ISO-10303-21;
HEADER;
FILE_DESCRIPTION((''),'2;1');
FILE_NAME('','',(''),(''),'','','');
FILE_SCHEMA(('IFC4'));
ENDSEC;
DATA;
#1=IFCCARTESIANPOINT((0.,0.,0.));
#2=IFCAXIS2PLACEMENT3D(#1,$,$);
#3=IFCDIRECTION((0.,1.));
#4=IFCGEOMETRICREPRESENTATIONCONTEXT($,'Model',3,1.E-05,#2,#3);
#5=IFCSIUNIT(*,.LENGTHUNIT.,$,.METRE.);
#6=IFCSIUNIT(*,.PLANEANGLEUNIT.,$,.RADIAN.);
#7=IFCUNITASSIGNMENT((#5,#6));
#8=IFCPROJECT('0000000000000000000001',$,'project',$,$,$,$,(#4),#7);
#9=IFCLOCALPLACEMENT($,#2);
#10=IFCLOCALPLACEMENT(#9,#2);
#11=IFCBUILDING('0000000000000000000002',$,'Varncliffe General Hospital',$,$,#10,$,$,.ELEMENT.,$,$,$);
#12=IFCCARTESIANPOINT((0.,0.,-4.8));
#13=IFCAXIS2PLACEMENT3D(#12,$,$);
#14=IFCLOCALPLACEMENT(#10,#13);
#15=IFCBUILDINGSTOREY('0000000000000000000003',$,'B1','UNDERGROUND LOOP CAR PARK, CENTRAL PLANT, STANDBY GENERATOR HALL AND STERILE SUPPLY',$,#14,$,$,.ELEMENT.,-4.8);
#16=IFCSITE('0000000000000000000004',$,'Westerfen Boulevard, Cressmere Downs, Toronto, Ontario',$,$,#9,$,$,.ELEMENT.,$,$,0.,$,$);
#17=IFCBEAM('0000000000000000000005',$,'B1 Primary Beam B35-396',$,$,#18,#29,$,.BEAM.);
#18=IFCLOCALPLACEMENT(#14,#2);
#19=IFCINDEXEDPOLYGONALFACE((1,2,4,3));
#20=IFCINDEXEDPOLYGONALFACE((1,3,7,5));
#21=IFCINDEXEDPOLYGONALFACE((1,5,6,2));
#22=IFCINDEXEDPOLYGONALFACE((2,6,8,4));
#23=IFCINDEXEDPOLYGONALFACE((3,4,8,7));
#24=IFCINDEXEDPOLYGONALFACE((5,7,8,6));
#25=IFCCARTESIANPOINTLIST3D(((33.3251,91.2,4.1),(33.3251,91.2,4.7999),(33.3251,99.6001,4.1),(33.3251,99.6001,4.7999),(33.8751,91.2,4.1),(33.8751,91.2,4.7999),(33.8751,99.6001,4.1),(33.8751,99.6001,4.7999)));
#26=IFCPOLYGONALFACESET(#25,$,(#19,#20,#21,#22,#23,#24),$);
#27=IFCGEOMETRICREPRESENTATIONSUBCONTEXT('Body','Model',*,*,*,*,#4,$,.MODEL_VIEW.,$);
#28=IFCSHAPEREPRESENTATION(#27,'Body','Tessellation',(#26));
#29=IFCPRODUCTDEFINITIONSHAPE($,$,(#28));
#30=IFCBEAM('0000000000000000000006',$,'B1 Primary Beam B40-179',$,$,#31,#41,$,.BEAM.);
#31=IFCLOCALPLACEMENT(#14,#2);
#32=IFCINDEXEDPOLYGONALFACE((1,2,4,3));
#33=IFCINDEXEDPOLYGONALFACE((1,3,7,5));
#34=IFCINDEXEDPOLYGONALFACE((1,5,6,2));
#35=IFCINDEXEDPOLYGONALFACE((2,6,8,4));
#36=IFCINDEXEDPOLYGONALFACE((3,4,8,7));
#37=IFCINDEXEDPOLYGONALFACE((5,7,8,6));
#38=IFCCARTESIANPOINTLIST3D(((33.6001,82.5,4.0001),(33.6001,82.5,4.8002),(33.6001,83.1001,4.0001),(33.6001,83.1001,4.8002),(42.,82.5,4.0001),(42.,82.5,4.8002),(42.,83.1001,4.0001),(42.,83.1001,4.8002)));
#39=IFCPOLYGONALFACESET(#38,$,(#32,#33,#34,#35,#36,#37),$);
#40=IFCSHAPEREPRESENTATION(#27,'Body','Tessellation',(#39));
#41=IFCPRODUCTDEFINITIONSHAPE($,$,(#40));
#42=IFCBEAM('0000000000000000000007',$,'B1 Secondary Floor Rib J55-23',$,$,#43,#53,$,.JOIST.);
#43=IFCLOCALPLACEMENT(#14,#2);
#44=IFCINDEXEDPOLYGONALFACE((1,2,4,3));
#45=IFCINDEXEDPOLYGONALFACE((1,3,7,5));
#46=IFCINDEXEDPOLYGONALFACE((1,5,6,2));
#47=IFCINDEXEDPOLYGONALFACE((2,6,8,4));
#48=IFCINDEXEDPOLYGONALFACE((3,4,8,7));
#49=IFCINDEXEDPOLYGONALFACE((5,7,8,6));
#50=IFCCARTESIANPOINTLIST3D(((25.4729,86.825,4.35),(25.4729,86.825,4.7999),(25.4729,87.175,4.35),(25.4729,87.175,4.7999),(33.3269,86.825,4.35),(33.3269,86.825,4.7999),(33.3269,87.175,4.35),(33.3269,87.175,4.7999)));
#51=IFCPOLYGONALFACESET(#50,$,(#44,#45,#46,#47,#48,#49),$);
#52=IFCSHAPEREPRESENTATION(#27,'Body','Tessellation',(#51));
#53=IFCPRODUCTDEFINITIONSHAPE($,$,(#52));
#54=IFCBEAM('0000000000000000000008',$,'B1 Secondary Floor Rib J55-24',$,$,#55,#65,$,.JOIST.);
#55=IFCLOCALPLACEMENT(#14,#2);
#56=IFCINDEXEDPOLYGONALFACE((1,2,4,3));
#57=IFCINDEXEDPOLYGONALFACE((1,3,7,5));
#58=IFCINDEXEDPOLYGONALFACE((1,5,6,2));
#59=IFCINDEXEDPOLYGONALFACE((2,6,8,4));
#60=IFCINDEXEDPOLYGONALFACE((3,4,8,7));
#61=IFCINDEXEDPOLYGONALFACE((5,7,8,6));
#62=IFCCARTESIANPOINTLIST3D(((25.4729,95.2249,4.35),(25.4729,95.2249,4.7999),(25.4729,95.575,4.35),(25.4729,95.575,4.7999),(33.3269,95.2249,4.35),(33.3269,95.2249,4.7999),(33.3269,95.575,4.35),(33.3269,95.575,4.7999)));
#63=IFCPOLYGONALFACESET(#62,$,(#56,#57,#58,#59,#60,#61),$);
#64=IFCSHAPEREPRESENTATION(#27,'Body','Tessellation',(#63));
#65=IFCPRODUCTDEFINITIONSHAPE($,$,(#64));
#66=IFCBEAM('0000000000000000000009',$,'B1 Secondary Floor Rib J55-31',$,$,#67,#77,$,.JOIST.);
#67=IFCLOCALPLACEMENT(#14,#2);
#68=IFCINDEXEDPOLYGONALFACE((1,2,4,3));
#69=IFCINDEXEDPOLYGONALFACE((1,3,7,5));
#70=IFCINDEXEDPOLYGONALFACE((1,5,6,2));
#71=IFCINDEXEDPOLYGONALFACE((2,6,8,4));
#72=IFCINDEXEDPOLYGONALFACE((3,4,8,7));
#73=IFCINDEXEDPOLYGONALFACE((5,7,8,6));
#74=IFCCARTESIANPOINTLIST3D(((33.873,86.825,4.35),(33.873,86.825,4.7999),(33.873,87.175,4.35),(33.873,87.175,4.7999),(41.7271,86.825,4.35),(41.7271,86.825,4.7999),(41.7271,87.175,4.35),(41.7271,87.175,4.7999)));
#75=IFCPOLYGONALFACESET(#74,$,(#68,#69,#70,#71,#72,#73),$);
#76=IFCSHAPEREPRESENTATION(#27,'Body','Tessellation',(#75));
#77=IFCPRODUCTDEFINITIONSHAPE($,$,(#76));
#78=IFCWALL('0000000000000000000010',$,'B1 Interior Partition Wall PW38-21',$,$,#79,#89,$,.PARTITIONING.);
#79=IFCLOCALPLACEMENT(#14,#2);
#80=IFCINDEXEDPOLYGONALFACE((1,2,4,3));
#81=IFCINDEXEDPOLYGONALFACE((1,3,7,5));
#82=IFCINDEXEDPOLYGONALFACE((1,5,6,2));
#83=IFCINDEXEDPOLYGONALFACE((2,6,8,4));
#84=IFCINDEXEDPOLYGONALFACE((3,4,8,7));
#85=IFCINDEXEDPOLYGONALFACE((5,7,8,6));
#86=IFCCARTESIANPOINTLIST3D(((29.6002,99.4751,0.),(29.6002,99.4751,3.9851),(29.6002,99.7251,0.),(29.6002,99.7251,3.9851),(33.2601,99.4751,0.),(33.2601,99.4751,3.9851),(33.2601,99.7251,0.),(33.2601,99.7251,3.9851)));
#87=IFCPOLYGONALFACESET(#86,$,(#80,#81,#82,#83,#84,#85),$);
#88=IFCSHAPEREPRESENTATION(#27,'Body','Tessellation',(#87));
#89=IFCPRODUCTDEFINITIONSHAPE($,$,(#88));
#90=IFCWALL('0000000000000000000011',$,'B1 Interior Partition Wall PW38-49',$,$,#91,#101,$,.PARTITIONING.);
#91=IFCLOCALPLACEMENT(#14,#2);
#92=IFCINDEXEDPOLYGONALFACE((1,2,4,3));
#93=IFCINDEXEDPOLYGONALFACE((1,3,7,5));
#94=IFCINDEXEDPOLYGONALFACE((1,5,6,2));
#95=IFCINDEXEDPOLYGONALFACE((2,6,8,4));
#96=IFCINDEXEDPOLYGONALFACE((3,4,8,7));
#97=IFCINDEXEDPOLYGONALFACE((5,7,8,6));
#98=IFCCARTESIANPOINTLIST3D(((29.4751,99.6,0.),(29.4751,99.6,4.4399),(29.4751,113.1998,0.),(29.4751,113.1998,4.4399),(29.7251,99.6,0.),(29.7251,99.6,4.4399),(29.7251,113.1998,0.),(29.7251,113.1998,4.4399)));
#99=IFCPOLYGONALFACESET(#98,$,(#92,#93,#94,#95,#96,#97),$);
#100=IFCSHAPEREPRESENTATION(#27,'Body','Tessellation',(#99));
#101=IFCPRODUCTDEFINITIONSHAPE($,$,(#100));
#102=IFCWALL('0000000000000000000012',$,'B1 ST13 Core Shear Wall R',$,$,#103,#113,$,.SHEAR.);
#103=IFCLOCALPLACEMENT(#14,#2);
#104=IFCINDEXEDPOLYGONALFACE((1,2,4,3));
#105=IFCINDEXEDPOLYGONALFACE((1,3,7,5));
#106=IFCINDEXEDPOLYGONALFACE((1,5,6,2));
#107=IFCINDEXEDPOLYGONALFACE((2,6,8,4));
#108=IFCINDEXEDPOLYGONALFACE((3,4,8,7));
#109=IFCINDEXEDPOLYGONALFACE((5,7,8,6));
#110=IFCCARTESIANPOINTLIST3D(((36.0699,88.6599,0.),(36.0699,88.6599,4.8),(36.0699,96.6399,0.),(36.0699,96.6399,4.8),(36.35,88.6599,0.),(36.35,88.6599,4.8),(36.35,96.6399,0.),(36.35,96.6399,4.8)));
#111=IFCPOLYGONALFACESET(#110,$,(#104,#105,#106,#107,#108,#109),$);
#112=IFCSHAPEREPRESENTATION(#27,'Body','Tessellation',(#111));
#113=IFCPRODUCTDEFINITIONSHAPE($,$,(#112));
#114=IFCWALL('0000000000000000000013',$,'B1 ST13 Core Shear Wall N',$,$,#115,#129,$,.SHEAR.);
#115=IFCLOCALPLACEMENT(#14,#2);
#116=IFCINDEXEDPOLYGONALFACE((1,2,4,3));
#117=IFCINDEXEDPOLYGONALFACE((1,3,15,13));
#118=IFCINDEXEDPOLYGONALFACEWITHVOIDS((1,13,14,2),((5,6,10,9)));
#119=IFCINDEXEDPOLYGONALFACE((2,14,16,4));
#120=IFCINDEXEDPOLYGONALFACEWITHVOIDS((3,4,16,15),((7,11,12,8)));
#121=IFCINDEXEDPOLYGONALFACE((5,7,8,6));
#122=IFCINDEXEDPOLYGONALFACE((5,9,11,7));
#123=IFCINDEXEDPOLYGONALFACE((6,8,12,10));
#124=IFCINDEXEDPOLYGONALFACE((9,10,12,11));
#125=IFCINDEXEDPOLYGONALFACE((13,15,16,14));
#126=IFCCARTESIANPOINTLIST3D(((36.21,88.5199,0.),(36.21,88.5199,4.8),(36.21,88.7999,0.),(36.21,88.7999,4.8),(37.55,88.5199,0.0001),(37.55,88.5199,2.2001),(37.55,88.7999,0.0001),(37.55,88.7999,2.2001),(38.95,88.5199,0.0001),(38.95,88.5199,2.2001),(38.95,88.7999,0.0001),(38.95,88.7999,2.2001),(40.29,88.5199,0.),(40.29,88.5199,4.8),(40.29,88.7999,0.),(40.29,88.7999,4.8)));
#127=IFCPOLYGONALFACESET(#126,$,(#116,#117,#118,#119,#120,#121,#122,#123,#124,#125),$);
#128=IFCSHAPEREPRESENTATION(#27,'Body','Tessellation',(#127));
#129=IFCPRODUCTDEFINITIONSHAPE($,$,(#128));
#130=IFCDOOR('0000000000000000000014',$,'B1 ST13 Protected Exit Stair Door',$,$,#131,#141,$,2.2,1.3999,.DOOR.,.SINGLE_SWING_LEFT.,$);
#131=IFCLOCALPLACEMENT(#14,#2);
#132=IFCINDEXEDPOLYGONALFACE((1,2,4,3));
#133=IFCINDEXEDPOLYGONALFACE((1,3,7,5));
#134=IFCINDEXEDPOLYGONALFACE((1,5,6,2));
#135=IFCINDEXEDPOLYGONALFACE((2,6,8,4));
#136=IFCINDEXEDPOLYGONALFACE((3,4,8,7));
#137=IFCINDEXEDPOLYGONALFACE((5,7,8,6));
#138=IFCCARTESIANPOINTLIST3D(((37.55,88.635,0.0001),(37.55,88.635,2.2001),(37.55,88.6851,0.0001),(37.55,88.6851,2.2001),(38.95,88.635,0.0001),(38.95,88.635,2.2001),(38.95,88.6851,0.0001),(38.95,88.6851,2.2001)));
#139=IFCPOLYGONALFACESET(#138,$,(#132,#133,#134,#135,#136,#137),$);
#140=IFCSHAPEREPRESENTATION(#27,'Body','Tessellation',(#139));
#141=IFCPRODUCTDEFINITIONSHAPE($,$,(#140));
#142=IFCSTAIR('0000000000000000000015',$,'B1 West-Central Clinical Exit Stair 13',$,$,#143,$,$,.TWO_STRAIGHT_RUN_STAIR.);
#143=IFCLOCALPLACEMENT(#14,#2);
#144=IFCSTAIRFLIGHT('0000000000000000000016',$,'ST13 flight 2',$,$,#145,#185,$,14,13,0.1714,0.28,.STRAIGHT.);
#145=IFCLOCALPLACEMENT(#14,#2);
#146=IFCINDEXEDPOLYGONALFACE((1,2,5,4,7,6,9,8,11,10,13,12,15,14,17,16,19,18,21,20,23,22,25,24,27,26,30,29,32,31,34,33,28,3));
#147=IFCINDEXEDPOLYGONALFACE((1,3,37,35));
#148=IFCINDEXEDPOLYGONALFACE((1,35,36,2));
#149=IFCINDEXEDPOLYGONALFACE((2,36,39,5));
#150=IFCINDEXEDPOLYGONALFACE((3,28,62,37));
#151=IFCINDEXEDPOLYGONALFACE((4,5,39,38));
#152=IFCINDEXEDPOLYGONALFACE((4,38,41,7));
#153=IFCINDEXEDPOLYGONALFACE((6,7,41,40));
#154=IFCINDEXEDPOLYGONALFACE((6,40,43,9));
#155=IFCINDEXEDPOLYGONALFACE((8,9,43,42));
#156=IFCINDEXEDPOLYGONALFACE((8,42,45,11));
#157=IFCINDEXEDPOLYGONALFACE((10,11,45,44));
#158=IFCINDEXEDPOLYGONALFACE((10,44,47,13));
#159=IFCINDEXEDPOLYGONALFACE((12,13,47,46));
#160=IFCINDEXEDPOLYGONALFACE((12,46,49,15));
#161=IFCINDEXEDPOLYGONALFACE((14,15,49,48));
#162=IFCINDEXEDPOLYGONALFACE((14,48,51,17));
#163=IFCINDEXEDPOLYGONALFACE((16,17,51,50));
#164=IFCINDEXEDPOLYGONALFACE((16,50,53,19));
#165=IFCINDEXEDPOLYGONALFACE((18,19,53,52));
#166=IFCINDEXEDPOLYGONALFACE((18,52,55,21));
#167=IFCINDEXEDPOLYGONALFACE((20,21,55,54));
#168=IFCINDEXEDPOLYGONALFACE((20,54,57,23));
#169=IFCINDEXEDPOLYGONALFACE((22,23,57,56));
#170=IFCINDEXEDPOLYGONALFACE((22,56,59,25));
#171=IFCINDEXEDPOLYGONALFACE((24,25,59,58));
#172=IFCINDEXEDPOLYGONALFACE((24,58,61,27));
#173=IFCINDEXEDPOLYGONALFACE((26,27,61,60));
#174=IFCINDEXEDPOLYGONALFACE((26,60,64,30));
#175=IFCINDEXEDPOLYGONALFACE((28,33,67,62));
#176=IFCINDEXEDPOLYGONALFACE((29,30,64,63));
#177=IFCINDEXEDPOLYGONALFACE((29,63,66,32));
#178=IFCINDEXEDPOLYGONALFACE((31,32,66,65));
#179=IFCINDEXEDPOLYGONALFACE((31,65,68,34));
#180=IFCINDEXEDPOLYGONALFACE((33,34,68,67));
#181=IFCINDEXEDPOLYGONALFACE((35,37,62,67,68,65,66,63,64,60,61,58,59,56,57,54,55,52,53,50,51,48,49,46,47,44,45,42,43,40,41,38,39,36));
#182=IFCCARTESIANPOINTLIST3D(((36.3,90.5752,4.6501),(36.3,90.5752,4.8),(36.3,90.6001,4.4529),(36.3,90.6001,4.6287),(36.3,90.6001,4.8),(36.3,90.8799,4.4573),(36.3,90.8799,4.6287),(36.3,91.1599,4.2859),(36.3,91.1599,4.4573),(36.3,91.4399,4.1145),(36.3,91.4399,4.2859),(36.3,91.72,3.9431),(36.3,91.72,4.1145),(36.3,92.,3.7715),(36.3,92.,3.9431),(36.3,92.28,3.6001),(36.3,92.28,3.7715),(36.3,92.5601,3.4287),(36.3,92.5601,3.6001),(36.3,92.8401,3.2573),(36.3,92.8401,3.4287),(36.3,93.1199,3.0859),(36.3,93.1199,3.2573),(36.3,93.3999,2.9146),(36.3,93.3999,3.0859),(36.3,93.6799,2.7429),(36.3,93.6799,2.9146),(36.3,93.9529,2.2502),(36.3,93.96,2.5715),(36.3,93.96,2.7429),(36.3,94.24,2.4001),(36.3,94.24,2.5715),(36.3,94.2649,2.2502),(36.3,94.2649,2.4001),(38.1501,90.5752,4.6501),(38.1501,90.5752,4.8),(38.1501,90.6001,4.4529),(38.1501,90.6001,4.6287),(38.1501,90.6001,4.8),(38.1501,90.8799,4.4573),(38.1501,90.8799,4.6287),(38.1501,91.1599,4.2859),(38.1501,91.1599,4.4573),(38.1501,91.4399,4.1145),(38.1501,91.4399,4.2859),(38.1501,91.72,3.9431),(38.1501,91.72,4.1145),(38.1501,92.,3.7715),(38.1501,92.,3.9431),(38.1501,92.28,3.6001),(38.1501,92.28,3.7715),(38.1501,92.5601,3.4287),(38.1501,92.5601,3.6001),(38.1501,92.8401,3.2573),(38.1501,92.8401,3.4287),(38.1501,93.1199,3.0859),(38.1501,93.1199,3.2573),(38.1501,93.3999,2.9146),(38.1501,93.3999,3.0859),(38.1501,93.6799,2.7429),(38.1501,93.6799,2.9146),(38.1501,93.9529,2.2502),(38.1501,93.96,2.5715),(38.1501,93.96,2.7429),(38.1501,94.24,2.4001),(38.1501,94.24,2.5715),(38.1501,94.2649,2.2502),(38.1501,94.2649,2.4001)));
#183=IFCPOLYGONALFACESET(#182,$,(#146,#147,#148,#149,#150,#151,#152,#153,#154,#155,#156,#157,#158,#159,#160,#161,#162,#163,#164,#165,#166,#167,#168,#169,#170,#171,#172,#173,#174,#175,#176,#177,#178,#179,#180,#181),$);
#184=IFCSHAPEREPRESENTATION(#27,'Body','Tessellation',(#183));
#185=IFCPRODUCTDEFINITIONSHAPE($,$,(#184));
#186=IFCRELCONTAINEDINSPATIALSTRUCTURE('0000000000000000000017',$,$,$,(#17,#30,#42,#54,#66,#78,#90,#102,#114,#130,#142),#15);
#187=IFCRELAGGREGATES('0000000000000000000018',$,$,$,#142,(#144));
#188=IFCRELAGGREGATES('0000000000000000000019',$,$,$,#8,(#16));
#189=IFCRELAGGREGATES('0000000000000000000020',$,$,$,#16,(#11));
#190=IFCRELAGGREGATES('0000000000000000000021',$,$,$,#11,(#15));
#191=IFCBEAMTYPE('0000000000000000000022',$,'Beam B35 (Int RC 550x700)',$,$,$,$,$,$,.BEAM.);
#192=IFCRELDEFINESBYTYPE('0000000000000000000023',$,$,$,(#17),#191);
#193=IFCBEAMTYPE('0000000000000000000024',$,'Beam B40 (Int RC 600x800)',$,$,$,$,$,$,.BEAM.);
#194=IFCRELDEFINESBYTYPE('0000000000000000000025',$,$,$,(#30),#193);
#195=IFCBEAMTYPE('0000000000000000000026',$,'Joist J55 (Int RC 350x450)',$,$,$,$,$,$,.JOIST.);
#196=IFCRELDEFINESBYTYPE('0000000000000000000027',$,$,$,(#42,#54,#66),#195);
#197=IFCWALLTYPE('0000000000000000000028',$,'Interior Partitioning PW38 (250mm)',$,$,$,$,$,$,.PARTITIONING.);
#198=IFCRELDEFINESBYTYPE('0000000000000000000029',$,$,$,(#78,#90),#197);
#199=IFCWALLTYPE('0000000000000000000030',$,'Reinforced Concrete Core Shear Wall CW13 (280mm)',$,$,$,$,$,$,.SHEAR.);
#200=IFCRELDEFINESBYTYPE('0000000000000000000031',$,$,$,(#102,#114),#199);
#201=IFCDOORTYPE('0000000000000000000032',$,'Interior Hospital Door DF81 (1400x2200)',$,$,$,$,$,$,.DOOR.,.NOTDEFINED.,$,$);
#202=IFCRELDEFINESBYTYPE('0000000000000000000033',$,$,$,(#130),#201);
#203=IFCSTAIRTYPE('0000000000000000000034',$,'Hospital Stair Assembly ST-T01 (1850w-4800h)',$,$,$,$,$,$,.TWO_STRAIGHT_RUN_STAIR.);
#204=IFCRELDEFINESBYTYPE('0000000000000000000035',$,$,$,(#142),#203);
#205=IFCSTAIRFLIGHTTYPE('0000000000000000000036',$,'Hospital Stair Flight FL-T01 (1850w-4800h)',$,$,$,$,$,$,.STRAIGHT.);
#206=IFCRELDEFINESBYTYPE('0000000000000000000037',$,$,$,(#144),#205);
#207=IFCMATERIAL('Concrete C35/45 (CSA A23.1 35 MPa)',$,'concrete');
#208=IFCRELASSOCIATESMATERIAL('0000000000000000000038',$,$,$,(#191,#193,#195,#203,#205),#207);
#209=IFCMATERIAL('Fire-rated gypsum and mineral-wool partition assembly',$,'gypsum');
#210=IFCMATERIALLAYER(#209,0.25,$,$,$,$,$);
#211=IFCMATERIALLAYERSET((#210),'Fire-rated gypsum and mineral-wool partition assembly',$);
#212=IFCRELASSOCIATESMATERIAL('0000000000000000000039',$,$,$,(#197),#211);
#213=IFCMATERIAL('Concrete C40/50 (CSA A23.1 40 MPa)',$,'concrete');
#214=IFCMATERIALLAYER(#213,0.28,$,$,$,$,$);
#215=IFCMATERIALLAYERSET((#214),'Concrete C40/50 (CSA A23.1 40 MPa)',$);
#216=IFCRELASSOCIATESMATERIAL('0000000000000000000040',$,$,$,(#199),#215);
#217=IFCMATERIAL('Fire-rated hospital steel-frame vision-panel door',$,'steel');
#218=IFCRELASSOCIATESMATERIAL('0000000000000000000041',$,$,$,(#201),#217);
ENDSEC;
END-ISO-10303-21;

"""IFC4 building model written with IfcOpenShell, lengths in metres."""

from ifc_helpers import new_model, si_unit, direction, frame, frame_2d, origin, origin_2d, place, context, subcontext, project, spatial, polyline, rectangle, outline, extrude, material, layer, layer_set, material_profile, profile_set, type_object, element, fill, aggregate, save


model = new_model("IFC4")

# Units and contexts
model_context = context("Model", 3, precision=1e-05, world=origin(), true_north=direction((0.0, 1.0)))
body_context = subcontext(model_context, "Body", "Model", "MODEL_VIEW")
ifc_project = project(units=[si_unit("LENGTHUNIT", "METRE"), si_unit("PLANEANGLEUNIT", "RADIAN")], contexts=[model_context])

# Site, building, storey
site_placement = place(None, origin())
site = spatial("IfcSite", under=ifc_project, at=site_placement, Name="Westerfen Boulevard, Cressmere Downs, Toronto, Ontario", CompositionType="ELEMENT", RefElevation=0.0)
building_placement = place(site_placement, origin())
building = spatial("IfcBuilding", under=site, at=building_placement, Name="Varncliffe General Hospital", CompositionType="ELEMENT")
storey_placement = place(building_placement, frame((0.0, 0.0, -4.8)))
storey = spatial("IfcBuildingStorey", under=building, at=storey_placement, Name="B1", Description="UNDERGROUND LOOP CAR PARK, CENTRAL PLANT, STANDBY GENERATOR HALL AND STERILE SUPPLY", CompositionType="ELEMENT", Elevation=-4.8)

# Shared definitions
ifc_material_1 = material(Name="Concrete C40/50 (CSA A23.1 40 MPa)", Category="concrete")

# Beams
ifc_material_2 = material(Name="Concrete C35/45 (CSA A23.1 35 MPa)", Category="concrete")
ifc_material_profile_1 = material_profile(ifc_material_2, rectangle(XDim=0.55, YDim=0.7, at=origin_2d()), Name="RC 550x700")
ifc_profile_set_1 = profile_set([ifc_material_profile_1], Name="Concrete C35/45 (CSA A23.1 35 MPa)")
beam_type_1 = type_object("IfcBeamType", Name="Beam B35 (Int RC 550x700)", PredefinedType="BEAM", material=ifc_profile_set_1)
beam_1_placement = place(storey_placement, frame((33.6001, 91.2, 4.45), z_axis=(0.0, 1.0, 0.0), x_axis=(-1.0, 0.0, 0.0)))
element("IfcBeam", 1, at=beam_1_placement, inside=storey, type_object=beam_type_1, Name="B1 Primary Beam B35-396", PredefinedType="BEAM", context=body_context, shape_type="SweptSolid", body=[
    extrude(rectangle(XDim=0.55, YDim=0.7, at=origin_2d()), origin(), (0.0, 0.0, 1.0), 8.4001),
])
ifc_material_profile_2 = material_profile(ifc_material_2, rectangle(XDim=0.6001, YDim=0.8, at=origin_2d()), Name="RC 600x800")
ifc_profile_set_2 = profile_set([ifc_material_profile_2], Name="Concrete C35/45 (CSA A23.1 35 MPa)")
beam_type_2 = type_object("IfcBeamType", Name="Beam B40 (Int RC 600x800)", PredefinedType="BEAM", material=ifc_profile_set_2)
beam_2_placement = place(storey_placement, frame((33.6001, 82.8, 4.4001), z_axis=(1.0, 0.0, 0.0), x_axis=(0.0, 1.0, 0.0)))
element("IfcBeam", 2, at=beam_2_placement, inside=storey, type_object=beam_type_2, Name="B1 Primary Beam B40-179", PredefinedType="BEAM", context=body_context, shape_type="SweptSolid", body=[
    extrude(rectangle(XDim=0.6001, YDim=0.8, at=origin_2d()), origin(), (0.0, 0.0, 1.0), 8.3999),
])
ifc_material_profile_3 = material_profile(ifc_material_2, rectangle(XDim=0.3501, YDim=0.45, at=origin_2d()), Name="RC 350x450")
ifc_profile_set_3 = profile_set([ifc_material_profile_3], Name="Concrete C35/45 (CSA A23.1 35 MPa)")
beam_type_3 = type_object("IfcBeamType", Name="Joist J55 (Int RC 350x450)", PredefinedType="JOIST", material=ifc_profile_set_3)
for number, where, z_axis, x_axis, name in (
    (3, (25.4729, 87.0, 4.575), (1.0, 0.0, 0.0), (0.0, 1.0, 0.0), "B1 Secondary Floor Rib J55-23"),
    (4, (25.4729, 95.3999, 4.575), (1.0, 0.0, 0.0), (0.0, 1.0, 0.0), "B1 Secondary Floor Rib J55-24"),
    (5, (33.873, 87.0, 4.575), (1.0, 0.0, 0.0), (0.0, 1.0, 0.0), "B1 Secondary Floor Rib J55-31"),
):
    element("IfcBeam", number, at=place(storey_placement, frame(where, z_axis=z_axis, x_axis=x_axis)), inside=storey, type_object=beam_type_3, Name=name, PredefinedType="JOIST", context=body_context, shape_type="SweptSolid", body=[
        extrude(rectangle(XDim=0.3501, YDim=0.45, at=origin_2d()), origin(), (0.0, 0.0, 1.0), 7.854),
    ])

# Walls
ifc_material_3 = material(Name="Fire-rated gypsum and mineral-wool partition assembly", Category="gypsum")
ifc_layer_1 = layer(ifc_material_3, 0.25)
ifc_layer_set_1 = layer_set([ifc_layer_1], Name="Fire-rated gypsum and mineral-wool partition assembly")
wall_type_1 = type_object("IfcWallType", Name="Interior Partitioning PW38 (250mm)", PredefinedType="PARTITIONING", material=ifc_layer_set_1)
wall_1_placement = place(storey_placement, frame((29.6001, 99.6001, 0.0), z_axis=(0.0, 0.0, 1.0), x_axis=(1.0, 0.0, 0.0)))
element("IfcWall", 6, at=wall_1_placement, inside=storey, type_object=wall_type_1, Name="B1 Interior Partition Wall PW38-21", PredefinedType="PARTITIONING", context=body_context, shape_type="SweptSolid", body=[
    extrude(rectangle(XDim=3.6599, YDim=0.25, at=frame_2d((1.8301, 0.0))), origin(), (0.0, 0.0, 1.0), 3.9851),
])
wall_2_placement = place(storey_placement, frame((29.6001, 99.6001, 0.0), z_axis=(0.0, 0.0, 1.0), x_axis=(0.0, 1.0, 0.0)))
element("IfcWall", 7, at=wall_2_placement, inside=storey, type_object=wall_type_1, Name="B1 Interior Partition Wall PW38-49", PredefinedType="PARTITIONING", context=body_context, shape_type="SweptSolid", body=[
    extrude(rectangle(XDim=13.5999, YDim=0.25, at=frame_2d((6.7998, 0.0))), origin(), (0.0, 0.0, 1.0), 4.4399),
])
ifc_layer_2 = layer(ifc_material_1, 0.28)
ifc_layer_set_2 = layer_set([ifc_layer_2], Name="Concrete C40/50 (CSA A23.1 40 MPa)")
wall_type_2 = type_object("IfcWallType", Name="Reinforced Concrete Core Shear Wall CW13 (280mm)", PredefinedType="SHEAR", material=ifc_layer_set_2)
wall_3_placement = place(storey_placement, frame((36.21, 96.6399, 0.0), z_axis=(0.0, 0.0, 1.0), x_axis=(0.0, -1.0, 0.0)))
element("IfcWall", 8, at=wall_3_placement, inside=storey, type_object=wall_type_2, Name="B1 ST13 Core Shear Wall R", PredefinedType="SHEAR", context=body_context, shape_type="SweptSolid", body=[
    extrude(rectangle(XDim=7.98, YDim=0.28, at=frame_2d((3.99, 0.0))), origin(), (0.0, 0.0, 1.0), 4.8),
])

# Wall, opening, door
wall_4_placement = place(storey_placement, frame((36.21, 88.6599, 0.0), z_axis=(0.0, 0.0, 1.0), x_axis=(1.0, 0.0, 0.0)))
wall_4 = element("IfcWall", 9, at=wall_4_placement, inside=storey, type_object=wall_type_2, Name="B1 ST13 Core Shear Wall N", PredefinedType="SHEAR", context=body_context, shape_type="SweptSolid", body=[
    extrude(rectangle(XDim=4.0801, YDim=0.28, at=frame_2d((2.04, 0.0))), origin(), (0.0, 0.0, 1.0), 4.8),
])
opening_placement = place(wall_4_placement, frame((1.3401, 0.0, 0.0)))
opening = element("IfcOpeningElement", 10, at=opening_placement, cuts=wall_4, PredefinedType="OPENING", context=body_context, shape_type="SweptSolid", body=[
    extrude(rectangle(XDim=1.3999, YDim=2.2, at=frame_2d((0.7, 1.1001))), frame((0.0, 0.1499, 0.0), z_axis=(0.0, -1.0, 0.0), x_axis=(1.0, 0.0, 0.0)), (0.0, 0.0, 1.0), 0.3),
])
ifc_material_4 = material(Name="Fire-rated hospital steel-frame vision-panel door", Category="steel")
door_type = type_object("IfcDoorType", Name="Interior Hospital Door DF81 (1400x2200)", OperationType="NOTDEFINED", PredefinedType="DOOR", material=ifc_material_4)
door_placement = place(opening_placement, frame((1.3999, 0.0, 0.0), z_axis=(0.0, 0.0, 1.0), x_axis=(-1.0, 0.0, 0.0)))
door = element("IfcDoor", 11, at=door_placement, inside=storey, type_object=door_type, Name="B1 ST13 Protected Exit Stair Door", OperationType="SINGLE_SWING_LEFT", OverallHeight=2.2, OverallWidth=1.3999, PredefinedType="DOOR", context=body_context, shape_type="SweptSolid", body=[
    extrude(rectangle(XDim=1.3999, YDim=2.2, at=frame_2d((0.7, 1.1001))), frame((0.0, 0.0249, 0.0), z_axis=(0.0, -1.0, 0.0), x_axis=(1.0, 0.0, 0.0)), (0.0, 0.0, 1.0), 0.05),
])
fill(opening, door)

# Stair, stair flight
stair_type = type_object("IfcStairType", Name="Hospital Stair Assembly ST-T01 (1850w-4800h)", PredefinedType="TWO_STRAIGHT_RUN_STAIR", material=ifc_material_2)
stair_placement = place(storey_placement, origin())
stair = element("IfcStair", 12, at=stair_placement, inside=storey, type_object=stair_type, Name="B1 West-Central Clinical Exit Stair 13", PredefinedType="TWO_STRAIGHT_RUN_STAIR")
stair_flight_type = type_object("IfcStairFlightType", Name="Hospital Stair Flight FL-T01 (1850w-4800h)", PredefinedType="STRAIGHT", material=ifc_material_2)
stair_flight_placement = place(storey_placement, frame((37.2251, 94.24, 2.4001), z_axis=(0.0, 0.0, 1.0), x_axis=(0.0, -1.0, 0.0)))
stair_flight = element("IfcStairFlight", 13, at=stair_flight_placement, type_object=stair_flight_type, Name="ST13 flight 2", NumberOfRisers=14, NumberOfTreads=13, PredefinedType="STRAIGHT", RiserHeight=0.1714, TreadLength=0.28, context=body_context, shape_type="SweptSolid", body=[
    extrude(outline(polyline([(-0.0249, -0.1499), (-0.0249, 0.0), (0.0, 0.0), (0.0, 0.1714), (0.28, 0.1714), (0.28, 0.3428), (0.5601, 0.3428), (0.5601, 0.5144), (0.8401, 0.5144), (0.8401, 0.6858), (1.1201, 0.6858), (1.1201, 0.8572), (1.3999, 0.8572), (1.3999, 1.0286), (1.6799, 1.0286), (1.6799, 1.2), (1.96, 1.2), (1.96, 1.3713), (2.24, 1.3713), (2.24, 1.543), (2.52, 1.543), (2.52, 1.7144), (2.8, 1.7144), (2.8, 1.8857), (3.0801, 1.8857), (3.0801, 2.0571), (3.3601, 2.0571), (3.3601, 2.2285), (3.6399, 2.2285), (3.6399, 2.3999), (3.6648, 2.3999), (3.6648, 2.25), (3.6399, 2.0527), (0.2871, -0.1499), (-0.0249, -0.1499)])), frame((0.0, 0.925, 0.0), z_axis=(0.0, -1.0, 0.0), x_axis=(1.0, 0.0, 0.0)), (0.0, 0.0, 1.0), 1.8501),
])
aggregate(stair, [stair_flight])

save(model, "model.ifc")
